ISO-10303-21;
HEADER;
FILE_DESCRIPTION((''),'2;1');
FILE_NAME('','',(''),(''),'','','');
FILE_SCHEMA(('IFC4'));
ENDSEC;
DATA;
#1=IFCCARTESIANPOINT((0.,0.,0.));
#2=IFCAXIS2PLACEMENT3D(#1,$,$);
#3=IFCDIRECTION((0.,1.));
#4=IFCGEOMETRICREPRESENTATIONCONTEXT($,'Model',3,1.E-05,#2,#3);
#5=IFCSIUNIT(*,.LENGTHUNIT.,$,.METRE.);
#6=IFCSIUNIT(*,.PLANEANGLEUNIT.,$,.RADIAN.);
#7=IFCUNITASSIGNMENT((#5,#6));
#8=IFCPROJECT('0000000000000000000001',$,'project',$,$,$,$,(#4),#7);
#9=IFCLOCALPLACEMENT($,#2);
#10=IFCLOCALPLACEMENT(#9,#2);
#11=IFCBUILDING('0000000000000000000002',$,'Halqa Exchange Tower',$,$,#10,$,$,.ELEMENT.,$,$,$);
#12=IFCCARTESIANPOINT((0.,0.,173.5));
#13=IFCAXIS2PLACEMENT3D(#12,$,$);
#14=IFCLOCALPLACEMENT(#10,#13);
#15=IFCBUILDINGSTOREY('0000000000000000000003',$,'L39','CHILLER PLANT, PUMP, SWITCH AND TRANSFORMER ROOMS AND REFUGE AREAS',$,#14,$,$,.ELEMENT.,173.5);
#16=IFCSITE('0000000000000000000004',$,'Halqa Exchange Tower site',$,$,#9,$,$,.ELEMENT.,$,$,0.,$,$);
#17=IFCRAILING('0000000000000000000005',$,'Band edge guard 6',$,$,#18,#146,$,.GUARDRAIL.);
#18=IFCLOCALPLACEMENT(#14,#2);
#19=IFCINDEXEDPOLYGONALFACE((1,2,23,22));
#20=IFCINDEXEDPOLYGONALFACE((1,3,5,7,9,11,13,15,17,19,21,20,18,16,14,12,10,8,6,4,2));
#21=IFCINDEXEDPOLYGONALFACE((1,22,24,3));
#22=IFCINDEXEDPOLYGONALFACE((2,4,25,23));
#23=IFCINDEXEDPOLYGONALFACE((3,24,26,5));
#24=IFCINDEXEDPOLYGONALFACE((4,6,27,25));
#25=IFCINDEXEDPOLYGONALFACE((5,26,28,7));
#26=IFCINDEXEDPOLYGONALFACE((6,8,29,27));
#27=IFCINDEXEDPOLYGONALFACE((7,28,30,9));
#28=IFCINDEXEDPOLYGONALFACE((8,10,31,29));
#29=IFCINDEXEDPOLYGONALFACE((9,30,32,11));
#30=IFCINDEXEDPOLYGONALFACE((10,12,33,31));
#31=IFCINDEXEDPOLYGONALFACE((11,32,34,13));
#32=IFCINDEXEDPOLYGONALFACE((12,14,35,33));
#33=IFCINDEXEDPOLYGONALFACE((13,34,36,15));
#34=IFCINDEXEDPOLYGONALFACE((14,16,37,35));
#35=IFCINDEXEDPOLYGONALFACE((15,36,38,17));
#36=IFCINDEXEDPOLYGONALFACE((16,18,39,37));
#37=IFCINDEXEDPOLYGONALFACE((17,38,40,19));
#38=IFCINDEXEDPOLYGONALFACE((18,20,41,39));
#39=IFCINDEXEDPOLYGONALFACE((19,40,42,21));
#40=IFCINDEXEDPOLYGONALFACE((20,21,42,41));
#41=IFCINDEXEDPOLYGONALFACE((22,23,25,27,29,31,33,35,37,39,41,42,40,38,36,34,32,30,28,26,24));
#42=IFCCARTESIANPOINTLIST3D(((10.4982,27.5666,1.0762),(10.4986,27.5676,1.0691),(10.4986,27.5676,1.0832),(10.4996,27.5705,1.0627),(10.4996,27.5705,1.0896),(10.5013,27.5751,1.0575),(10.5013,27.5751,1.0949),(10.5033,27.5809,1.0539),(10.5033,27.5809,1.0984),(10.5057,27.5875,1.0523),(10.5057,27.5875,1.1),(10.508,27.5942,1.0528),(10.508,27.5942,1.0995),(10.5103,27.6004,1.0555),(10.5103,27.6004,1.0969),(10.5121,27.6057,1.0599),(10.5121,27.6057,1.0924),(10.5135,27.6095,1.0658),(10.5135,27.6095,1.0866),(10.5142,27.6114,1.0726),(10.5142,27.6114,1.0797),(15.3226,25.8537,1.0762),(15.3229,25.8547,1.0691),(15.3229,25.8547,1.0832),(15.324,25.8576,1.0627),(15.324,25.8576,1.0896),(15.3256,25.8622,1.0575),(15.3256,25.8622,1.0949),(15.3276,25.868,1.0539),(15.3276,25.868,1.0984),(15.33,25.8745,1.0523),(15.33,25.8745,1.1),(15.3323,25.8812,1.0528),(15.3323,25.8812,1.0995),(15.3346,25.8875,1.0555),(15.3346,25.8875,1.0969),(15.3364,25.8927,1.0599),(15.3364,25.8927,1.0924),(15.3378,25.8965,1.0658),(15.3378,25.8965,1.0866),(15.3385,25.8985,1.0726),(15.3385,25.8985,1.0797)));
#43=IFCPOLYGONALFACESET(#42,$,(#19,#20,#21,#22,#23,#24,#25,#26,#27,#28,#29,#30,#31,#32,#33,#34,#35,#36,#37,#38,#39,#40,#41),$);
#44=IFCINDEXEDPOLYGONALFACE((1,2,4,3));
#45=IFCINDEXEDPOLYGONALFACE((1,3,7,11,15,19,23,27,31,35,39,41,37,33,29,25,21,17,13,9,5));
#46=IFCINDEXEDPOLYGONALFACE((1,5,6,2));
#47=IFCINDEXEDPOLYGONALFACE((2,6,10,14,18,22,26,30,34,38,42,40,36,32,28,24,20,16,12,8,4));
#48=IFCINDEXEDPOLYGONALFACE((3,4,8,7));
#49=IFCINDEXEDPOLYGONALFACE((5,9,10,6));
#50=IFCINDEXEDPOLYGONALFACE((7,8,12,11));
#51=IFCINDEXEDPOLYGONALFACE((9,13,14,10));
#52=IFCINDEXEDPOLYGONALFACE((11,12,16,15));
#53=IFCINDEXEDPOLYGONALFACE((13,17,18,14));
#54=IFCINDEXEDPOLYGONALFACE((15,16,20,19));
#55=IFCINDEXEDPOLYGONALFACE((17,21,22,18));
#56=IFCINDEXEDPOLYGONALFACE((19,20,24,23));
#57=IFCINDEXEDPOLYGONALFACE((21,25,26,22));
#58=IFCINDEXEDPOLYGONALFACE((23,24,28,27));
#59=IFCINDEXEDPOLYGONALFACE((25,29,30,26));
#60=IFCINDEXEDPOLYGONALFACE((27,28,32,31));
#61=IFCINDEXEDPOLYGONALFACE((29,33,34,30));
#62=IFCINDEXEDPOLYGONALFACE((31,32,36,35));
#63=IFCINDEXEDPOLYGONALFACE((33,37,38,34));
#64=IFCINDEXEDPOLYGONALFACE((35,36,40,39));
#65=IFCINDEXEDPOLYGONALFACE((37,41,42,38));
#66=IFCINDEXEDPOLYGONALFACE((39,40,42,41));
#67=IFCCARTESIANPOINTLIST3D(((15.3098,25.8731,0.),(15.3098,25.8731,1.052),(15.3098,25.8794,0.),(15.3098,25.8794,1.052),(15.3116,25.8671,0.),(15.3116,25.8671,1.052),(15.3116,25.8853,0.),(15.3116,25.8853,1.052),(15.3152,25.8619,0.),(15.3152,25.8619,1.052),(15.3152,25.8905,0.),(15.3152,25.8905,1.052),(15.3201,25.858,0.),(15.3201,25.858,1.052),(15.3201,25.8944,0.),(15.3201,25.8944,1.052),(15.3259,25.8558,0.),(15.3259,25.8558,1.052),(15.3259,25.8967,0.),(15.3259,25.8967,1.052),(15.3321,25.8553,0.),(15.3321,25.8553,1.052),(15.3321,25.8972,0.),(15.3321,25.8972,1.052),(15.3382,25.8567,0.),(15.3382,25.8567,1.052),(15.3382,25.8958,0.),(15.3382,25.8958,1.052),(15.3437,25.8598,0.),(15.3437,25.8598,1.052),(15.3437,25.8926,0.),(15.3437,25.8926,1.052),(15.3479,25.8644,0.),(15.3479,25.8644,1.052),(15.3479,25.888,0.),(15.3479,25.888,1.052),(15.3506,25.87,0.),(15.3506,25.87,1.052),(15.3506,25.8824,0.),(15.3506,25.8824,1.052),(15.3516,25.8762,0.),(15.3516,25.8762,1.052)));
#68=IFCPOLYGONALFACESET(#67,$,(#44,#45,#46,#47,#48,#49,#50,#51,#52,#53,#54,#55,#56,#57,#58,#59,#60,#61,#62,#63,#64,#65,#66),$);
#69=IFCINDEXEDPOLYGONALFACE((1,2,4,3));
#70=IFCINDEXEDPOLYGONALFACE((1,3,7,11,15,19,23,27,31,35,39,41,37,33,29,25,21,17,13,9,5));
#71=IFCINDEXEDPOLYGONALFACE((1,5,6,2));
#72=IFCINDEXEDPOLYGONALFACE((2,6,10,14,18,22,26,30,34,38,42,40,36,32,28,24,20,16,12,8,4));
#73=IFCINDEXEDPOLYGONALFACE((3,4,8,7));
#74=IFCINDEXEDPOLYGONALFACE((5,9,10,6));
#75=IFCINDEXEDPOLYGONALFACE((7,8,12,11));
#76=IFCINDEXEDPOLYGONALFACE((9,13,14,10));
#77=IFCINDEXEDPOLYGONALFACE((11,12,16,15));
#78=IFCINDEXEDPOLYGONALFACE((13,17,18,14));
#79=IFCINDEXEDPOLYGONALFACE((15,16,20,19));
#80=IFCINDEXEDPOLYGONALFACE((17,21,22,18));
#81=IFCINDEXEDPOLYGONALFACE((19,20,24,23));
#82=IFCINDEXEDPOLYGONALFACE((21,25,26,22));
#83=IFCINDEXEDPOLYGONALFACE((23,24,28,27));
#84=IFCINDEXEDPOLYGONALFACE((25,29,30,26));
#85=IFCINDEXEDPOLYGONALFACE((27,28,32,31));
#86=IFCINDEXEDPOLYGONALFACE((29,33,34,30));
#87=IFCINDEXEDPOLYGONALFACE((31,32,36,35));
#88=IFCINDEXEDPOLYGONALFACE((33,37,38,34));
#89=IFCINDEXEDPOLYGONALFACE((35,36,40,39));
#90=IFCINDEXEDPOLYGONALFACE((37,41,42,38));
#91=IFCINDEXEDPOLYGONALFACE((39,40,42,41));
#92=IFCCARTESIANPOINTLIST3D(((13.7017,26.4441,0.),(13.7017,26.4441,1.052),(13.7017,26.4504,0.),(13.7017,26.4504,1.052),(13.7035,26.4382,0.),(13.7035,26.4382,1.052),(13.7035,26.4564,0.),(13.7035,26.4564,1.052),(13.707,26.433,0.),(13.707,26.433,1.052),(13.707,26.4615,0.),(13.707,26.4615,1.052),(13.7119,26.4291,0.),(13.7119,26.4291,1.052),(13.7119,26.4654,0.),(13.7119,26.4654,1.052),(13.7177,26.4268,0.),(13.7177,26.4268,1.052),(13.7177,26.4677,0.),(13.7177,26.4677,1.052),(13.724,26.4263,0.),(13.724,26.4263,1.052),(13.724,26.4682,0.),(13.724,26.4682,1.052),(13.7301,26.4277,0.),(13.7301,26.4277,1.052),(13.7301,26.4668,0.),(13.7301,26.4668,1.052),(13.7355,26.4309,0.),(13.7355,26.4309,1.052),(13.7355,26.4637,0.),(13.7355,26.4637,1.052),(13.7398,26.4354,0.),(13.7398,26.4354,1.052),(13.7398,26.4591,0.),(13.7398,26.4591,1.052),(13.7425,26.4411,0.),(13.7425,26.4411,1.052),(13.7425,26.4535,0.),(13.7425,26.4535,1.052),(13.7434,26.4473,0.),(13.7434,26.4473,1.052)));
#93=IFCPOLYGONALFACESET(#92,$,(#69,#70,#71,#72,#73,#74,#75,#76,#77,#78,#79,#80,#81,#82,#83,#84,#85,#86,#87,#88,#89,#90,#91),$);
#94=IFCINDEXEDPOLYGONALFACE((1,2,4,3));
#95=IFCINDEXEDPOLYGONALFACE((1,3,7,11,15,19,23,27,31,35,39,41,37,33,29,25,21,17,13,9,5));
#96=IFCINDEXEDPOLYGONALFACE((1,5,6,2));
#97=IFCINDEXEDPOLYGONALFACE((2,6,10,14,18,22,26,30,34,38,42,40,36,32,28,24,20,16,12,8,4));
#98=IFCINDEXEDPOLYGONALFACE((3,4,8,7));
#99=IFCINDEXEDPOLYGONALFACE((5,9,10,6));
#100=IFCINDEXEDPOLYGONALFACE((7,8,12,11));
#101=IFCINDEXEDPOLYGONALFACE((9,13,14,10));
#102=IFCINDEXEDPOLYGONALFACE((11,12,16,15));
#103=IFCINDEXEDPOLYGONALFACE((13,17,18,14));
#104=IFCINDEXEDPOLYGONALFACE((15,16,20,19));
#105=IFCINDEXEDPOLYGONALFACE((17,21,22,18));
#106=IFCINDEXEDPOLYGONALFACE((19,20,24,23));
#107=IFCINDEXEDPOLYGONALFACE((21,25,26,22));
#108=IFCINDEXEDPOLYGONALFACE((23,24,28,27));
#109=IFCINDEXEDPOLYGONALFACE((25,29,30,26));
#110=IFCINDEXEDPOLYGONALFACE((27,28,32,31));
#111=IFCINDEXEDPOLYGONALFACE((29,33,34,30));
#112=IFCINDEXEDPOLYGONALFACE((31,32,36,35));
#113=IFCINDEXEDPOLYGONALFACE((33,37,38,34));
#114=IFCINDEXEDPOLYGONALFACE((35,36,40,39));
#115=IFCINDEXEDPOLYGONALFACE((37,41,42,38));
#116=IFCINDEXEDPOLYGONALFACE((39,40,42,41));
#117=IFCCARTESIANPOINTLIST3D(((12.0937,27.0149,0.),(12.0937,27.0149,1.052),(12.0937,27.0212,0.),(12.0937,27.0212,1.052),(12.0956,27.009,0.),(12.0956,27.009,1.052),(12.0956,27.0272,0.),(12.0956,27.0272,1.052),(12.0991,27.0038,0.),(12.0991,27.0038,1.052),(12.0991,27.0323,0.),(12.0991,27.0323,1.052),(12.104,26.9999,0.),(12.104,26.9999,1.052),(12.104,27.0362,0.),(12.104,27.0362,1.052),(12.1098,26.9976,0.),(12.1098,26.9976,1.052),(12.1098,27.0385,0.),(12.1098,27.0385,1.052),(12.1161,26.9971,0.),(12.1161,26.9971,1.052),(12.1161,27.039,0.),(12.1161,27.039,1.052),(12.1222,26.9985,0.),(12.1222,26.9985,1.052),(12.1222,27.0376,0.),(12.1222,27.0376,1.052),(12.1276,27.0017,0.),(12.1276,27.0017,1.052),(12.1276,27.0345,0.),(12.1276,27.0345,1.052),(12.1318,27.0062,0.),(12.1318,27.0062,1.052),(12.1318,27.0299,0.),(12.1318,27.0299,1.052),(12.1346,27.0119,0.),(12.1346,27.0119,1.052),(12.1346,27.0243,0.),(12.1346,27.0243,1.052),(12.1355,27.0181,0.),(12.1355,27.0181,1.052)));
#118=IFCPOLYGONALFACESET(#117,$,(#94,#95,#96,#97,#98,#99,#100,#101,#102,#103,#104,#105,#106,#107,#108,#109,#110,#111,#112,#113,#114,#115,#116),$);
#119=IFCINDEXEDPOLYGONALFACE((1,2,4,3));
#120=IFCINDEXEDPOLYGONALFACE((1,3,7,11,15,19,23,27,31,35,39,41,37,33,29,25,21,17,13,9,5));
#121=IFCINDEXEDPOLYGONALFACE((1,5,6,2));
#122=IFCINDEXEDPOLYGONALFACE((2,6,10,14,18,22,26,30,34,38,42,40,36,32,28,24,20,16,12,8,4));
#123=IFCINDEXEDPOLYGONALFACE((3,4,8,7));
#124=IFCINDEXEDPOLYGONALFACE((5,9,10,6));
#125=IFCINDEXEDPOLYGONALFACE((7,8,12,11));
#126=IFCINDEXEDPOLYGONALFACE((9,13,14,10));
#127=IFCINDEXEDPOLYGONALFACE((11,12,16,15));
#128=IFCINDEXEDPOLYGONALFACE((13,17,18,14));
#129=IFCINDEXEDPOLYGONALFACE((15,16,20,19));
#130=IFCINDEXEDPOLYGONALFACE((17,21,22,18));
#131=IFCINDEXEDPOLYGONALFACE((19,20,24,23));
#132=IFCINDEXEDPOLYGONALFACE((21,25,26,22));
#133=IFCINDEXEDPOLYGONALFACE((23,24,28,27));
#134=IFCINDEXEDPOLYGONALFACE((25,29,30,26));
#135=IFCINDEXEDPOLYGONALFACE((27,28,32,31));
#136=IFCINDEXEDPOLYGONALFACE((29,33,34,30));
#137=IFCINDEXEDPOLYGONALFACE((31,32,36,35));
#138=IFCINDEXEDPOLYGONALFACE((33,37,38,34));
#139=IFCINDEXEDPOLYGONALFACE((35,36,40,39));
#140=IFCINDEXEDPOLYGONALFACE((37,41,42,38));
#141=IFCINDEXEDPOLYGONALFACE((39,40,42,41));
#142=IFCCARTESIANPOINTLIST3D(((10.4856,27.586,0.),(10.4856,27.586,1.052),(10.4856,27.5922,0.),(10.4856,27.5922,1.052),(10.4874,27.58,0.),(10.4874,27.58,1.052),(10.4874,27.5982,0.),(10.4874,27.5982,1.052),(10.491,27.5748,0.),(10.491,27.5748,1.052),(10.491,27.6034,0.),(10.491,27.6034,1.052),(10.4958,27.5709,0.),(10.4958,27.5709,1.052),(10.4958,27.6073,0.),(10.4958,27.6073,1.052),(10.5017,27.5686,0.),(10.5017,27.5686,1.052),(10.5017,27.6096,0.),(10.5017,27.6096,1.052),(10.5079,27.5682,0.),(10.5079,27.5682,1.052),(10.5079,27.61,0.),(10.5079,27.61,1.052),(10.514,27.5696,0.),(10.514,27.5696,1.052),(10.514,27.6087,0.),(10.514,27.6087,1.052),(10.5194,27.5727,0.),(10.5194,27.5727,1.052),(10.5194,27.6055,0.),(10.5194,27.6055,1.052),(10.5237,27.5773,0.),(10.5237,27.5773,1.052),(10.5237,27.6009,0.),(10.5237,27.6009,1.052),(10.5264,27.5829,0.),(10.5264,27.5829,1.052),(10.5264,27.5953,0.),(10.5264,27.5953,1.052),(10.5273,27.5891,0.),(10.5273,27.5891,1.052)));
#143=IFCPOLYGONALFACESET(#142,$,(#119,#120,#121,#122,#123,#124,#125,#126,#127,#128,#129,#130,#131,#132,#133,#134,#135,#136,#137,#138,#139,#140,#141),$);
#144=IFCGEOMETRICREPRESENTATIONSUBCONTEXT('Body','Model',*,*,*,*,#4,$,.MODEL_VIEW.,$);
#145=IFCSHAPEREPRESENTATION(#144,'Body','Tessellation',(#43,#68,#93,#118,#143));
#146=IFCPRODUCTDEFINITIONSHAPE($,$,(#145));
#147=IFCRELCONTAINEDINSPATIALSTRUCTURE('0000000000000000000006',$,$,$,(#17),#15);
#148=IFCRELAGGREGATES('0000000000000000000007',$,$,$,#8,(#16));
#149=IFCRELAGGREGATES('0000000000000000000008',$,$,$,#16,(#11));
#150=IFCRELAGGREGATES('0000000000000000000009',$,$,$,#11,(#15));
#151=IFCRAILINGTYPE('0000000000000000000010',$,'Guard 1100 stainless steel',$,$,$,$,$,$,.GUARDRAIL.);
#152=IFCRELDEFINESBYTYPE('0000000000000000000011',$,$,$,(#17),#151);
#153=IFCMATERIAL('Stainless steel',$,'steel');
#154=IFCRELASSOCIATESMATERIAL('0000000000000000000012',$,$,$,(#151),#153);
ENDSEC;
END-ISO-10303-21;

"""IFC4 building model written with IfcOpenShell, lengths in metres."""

from ifc_helpers import new_model, si_unit, direction, frame, origin, origin_2d, place, context, subcontext, project, spatial, circle, extrude, material, type_object, element, save


model = new_model("IFC4")

# Units and contexts
model_context = context("Model", 3, precision=1e-05, world=origin(), true_north=direction((0.0, 1.0)))
body_context = subcontext(model_context, "Body", "Model", "MODEL_VIEW")
ifc_project = project(units=[si_unit("LENGTHUNIT", "METRE"), si_unit("PLANEANGLEUNIT", "RADIAN")], contexts=[model_context])

# Site, building, storey
site_placement = place(None, origin())
site = spatial("IfcSite", under=ifc_project, at=site_placement, Name="Halqa Exchange Tower site", CompositionType="ELEMENT", RefElevation=0.0)
building_placement = place(site_placement, origin())
building = spatial("IfcBuilding", under=site, at=building_placement, Name="Halqa Exchange Tower", CompositionType="ELEMENT")
storey_placement = place(building_placement, frame((0.0, 0.0, 173.5)))
storey = spatial("IfcBuildingStorey", under=building, at=storey_placement, Name="L39", Description="CHILLER PLANT, PUMP, SWITCH AND TRANSFORMER ROOMS AND REFUGE AREAS", CompositionType="ELEMENT", Elevation=173.5)

# Railing
ifc_material_1 = material(Name="Stainless steel", Category="steel")
railing_type = type_object("IfcRailingType", Name="Guard 1100 stainless steel", PredefinedType="GUARDRAIL", material=ifc_material_1)
railing_1_placement = place(storey_placement, frame((15.3306, 25.8762, 0.0)))
element("IfcRailing", 1, at=railing_1_placement, inside=storey, type_object=railing_type, Name="Band edge guard 6", PredefinedType="GUARDRAIL", context=body_context, shape_type="SweptSolid", body=[
    extrude(circle(Radius=0.0239, at=origin_2d()), frame((0.0, 0.0, 1.0762), z_axis=(-0.942362, 0.334596, 0.0), x_axis=(-0.334596, -0.942362, 0.0)), (0.0, 0.0, 1.0), 5.1194),
    extrude(circle(Radius=0.021, at=origin_2d()), origin(), (0.0, 0.0, 1.0), 1.052),
    extrude(circle(Radius=0.021, at=origin_2d()), frame((-1.6082, 0.571, 0.0)), (0.0, 0.0, 1.0), 1.052),
    extrude(circle(Radius=0.021, at=origin_2d()), frame((-3.2161, 1.1418, 0.0)), (0.0, 0.0, 1.0), 1.052),
    extrude(circle(Radius=0.021, at=origin_2d()), frame((-4.8242, 1.7129, 0.0)), (0.0, 0.0, 1.0), 1.052),
])

save(model, "model.ifc")
